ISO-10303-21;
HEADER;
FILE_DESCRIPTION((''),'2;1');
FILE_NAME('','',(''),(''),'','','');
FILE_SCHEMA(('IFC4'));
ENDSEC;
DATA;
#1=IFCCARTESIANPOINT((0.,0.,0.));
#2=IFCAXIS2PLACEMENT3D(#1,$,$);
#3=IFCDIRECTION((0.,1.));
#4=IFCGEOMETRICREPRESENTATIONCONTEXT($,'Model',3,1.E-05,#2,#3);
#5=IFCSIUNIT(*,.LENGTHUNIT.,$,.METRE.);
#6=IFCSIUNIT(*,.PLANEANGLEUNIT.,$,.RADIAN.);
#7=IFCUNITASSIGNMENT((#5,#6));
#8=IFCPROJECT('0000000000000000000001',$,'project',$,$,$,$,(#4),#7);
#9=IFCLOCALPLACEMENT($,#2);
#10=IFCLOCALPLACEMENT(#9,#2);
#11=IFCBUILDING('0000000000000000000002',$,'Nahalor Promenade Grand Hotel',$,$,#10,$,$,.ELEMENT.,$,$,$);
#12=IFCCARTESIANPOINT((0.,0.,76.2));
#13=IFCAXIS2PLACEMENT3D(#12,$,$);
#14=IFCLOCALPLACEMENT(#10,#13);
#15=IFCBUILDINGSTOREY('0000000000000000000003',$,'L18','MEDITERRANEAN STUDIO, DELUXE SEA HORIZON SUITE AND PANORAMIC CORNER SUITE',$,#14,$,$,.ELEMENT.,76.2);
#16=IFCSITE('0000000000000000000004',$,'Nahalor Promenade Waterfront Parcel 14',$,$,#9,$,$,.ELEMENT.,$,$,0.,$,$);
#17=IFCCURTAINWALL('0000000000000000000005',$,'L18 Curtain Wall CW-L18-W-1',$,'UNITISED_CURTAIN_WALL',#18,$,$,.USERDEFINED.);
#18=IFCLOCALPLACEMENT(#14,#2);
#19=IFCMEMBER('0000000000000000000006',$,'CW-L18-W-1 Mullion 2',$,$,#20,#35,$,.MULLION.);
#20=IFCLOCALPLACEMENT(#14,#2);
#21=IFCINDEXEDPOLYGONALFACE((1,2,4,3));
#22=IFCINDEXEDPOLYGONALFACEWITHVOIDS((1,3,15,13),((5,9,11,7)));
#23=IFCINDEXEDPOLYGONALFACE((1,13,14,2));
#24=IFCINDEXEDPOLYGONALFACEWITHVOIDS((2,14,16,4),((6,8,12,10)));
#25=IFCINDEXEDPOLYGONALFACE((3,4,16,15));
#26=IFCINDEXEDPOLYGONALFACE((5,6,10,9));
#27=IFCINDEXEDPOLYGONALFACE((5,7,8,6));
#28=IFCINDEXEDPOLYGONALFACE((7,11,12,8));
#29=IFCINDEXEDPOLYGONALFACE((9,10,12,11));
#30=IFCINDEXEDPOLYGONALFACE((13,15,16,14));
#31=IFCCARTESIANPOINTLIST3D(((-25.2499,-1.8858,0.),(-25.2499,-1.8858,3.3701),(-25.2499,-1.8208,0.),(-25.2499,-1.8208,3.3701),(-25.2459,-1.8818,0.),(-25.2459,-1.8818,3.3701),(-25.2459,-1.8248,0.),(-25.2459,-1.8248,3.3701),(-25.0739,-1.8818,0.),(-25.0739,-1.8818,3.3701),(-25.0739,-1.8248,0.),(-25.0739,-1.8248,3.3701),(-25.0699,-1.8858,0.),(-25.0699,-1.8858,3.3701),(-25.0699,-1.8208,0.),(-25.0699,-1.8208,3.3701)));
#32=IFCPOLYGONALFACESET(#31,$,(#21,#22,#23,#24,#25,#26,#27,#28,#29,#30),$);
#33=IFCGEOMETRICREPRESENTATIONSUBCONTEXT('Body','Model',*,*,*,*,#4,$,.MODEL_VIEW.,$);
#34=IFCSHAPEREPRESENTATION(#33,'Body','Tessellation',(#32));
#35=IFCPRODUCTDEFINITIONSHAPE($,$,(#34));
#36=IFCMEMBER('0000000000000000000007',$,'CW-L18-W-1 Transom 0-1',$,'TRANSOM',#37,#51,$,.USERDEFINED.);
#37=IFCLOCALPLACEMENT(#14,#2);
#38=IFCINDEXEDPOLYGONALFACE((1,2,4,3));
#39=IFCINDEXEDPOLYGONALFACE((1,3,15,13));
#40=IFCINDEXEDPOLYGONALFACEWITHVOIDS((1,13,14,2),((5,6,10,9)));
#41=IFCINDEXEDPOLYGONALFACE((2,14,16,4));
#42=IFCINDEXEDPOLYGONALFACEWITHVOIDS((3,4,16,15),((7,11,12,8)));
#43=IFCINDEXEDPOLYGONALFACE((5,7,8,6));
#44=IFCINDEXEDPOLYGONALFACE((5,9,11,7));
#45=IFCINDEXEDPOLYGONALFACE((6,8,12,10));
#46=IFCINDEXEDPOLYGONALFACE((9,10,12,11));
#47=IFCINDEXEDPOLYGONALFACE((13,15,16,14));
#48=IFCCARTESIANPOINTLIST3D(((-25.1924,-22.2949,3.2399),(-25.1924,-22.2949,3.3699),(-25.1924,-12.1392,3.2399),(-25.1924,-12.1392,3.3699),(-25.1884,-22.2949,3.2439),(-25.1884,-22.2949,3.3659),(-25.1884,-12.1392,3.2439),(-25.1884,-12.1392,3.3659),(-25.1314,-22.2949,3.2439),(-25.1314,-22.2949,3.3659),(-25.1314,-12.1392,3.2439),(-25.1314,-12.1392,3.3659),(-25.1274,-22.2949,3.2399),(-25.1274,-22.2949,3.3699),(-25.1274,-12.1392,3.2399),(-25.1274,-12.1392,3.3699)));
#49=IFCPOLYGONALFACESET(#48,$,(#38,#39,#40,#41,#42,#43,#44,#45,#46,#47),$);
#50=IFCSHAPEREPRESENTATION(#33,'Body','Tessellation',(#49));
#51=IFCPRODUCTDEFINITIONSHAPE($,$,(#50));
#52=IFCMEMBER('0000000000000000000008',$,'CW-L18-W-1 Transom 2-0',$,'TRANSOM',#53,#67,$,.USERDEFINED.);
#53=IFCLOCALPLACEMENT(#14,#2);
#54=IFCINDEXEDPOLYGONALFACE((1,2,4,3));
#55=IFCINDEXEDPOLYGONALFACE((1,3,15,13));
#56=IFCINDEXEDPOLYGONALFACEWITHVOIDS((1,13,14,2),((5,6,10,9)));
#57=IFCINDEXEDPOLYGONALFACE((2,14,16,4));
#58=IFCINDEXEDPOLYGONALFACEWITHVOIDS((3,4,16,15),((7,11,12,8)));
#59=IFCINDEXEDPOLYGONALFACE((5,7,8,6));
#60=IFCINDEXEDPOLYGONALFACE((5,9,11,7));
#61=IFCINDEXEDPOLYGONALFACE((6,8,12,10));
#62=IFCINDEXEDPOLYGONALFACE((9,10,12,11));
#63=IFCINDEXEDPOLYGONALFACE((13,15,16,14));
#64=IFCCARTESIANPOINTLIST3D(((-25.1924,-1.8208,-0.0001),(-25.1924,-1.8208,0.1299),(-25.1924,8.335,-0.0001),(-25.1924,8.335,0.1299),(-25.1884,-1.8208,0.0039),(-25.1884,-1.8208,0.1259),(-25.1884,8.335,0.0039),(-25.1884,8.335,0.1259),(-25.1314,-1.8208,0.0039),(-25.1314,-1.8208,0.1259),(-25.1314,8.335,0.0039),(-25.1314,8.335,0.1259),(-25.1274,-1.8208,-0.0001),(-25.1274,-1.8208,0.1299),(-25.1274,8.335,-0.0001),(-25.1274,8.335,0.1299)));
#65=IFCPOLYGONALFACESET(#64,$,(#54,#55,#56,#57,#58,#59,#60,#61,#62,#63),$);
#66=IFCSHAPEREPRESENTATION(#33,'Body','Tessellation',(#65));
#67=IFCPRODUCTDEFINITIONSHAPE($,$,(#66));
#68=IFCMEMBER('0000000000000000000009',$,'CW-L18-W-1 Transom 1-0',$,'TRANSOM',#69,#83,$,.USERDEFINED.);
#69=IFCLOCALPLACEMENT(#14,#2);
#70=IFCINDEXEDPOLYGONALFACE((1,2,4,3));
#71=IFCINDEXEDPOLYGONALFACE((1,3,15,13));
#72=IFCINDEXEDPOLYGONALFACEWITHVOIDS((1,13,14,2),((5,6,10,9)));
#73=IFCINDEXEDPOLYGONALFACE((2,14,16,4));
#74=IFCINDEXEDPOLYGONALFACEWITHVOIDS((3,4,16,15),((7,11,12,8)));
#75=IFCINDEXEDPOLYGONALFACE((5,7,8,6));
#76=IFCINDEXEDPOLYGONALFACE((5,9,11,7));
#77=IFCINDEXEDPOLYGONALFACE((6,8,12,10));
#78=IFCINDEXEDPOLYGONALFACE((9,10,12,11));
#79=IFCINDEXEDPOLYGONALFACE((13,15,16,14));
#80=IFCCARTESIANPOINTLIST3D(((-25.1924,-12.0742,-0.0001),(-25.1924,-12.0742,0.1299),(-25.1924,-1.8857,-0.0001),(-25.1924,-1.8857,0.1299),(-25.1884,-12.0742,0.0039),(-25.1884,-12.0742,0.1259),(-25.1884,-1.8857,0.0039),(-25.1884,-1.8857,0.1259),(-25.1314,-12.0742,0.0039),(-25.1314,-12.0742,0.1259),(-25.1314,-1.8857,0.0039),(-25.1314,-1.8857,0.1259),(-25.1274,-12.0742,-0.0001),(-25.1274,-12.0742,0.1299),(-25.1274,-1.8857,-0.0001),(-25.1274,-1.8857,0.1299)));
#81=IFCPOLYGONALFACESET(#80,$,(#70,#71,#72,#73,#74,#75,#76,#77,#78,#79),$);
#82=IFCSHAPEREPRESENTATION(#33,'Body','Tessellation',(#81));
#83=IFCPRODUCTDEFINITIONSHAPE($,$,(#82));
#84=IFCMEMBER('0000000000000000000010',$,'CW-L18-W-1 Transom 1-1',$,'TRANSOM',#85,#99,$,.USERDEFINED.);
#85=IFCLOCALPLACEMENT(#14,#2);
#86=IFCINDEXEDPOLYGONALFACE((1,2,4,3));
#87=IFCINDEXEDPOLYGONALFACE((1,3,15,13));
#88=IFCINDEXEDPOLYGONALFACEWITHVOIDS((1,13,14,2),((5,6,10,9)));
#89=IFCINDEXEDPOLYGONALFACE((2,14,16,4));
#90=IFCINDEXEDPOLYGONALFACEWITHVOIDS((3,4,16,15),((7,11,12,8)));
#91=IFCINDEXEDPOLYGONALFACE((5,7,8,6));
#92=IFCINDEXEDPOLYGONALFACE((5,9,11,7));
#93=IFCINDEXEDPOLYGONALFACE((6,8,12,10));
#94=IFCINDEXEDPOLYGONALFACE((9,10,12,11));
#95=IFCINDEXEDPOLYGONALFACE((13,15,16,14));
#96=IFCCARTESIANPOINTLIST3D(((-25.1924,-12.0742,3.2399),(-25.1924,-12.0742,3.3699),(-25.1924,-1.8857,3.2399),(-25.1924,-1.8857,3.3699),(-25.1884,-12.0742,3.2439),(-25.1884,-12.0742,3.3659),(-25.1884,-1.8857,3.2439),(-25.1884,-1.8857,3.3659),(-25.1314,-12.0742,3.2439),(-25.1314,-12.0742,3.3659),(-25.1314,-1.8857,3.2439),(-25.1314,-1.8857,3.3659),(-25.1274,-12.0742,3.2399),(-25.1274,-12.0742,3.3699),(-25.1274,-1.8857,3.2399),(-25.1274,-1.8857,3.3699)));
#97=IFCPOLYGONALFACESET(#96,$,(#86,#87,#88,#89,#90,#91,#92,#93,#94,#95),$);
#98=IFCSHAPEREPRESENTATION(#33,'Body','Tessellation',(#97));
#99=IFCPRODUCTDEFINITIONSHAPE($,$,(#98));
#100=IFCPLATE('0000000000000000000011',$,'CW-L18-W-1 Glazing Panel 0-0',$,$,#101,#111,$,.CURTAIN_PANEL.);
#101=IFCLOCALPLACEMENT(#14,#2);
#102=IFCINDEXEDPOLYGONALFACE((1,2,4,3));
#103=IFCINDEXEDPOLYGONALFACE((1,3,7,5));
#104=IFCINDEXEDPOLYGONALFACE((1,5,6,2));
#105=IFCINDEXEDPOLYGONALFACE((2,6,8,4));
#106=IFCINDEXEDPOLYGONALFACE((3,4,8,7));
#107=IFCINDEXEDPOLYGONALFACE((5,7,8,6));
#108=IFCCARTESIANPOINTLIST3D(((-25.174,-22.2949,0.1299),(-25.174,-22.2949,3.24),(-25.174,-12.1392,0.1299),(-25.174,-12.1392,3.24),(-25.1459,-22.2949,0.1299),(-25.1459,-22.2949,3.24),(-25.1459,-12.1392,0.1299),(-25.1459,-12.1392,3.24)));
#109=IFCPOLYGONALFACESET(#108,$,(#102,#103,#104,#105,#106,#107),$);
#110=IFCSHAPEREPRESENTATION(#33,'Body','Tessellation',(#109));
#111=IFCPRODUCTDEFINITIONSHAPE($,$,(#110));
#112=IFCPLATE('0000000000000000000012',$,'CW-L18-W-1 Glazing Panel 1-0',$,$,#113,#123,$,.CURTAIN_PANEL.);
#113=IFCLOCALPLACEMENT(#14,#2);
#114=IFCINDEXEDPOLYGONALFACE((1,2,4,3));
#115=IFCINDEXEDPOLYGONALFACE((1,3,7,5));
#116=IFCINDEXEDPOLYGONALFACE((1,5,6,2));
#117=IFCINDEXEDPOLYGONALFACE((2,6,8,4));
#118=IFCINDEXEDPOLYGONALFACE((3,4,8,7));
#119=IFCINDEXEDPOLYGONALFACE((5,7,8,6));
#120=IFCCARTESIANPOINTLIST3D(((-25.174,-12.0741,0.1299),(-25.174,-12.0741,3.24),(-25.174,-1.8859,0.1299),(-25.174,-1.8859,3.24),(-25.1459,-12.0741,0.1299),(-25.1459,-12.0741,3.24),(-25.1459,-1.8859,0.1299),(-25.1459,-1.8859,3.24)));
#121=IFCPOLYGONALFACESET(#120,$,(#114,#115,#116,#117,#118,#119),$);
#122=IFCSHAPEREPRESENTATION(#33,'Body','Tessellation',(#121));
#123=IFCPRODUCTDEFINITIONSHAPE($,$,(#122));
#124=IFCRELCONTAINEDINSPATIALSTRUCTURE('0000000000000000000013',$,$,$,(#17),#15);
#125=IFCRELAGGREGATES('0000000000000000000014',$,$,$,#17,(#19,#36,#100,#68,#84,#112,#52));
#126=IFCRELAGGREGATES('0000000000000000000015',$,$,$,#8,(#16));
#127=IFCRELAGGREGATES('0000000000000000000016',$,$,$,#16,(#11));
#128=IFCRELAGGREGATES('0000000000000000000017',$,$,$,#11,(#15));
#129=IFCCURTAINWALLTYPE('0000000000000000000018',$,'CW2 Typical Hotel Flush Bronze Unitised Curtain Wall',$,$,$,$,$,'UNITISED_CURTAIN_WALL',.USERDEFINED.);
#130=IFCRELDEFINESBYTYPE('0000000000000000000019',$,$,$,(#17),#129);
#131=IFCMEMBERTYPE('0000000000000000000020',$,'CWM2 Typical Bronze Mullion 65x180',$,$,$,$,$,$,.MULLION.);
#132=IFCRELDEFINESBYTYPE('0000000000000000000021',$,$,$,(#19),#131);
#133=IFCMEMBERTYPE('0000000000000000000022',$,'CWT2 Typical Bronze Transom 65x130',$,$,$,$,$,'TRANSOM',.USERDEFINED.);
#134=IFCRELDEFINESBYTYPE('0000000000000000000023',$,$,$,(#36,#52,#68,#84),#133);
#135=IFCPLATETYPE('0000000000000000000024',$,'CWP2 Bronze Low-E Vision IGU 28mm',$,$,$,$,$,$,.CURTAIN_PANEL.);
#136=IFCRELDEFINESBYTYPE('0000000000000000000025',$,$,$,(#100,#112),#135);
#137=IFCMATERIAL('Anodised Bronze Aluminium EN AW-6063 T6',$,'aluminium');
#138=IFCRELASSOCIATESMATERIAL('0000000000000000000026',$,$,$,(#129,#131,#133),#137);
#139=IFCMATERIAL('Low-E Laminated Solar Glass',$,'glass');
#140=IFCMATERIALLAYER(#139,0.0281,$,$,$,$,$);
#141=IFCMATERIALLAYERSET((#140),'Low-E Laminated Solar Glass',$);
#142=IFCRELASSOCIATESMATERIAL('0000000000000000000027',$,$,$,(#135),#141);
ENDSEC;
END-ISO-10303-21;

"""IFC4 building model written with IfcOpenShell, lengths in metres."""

from ifc_helpers import new_model, si_unit, direction, frame, origin, origin_2d, place, context, subcontext, project, spatial, rectangle, hollow_rectangle, extrude, source, transform, mapped, material, layer, layer_set, material_profile, profile_set, type_object, element, aggregate, save


model = new_model("IFC4")

# Units and contexts
model_context = context("Model", 3, precision=1e-05, world=origin(), true_north=direction((0.0, 1.0)))
body_context = subcontext(model_context, "Body", "Model", "MODEL_VIEW")
ifc_project = project(units=[si_unit("LENGTHUNIT", "METRE"), si_unit("PLANEANGLEUNIT", "RADIAN")], contexts=[model_context])

# Site, building, storey
site_placement = place(None, origin())
site = spatial("IfcSite", under=ifc_project, at=site_placement, Name="Nahalor Promenade Waterfront Parcel 14", CompositionType="ELEMENT", RefElevation=0.0)
building_placement = place(site_placement, origin())
building = spatial("IfcBuilding", under=site, at=building_placement, Name="Nahalor Promenade Grand Hotel", CompositionType="ELEMENT")
storey_placement = place(building_placement, frame((0.0, 0.0, 76.2)))
storey = spatial("IfcBuildingStorey", under=building, at=storey_placement, Name="L18", Description="MEDITERRANEAN STUDIO, DELUXE SEA HORIZON SUITE AND PANORAMIC CORNER SUITE", CompositionType="ELEMENT", Elevation=76.2)

# Curtain wall, members, plates
ifc_material_1 = material(Name="Anodised Bronze Aluminium EN AW-6063 T6", Category="aluminium")
curtain_wall_type = type_object("IfcCurtainWallType", Name="CW2 Typical Hotel Flush Bronze Unitised Curtain Wall", ElementType="UNITISED_CURTAIN_WALL", PredefinedType="USERDEFINED", material=ifc_material_1)
curtain_wall_placement = place(storey_placement, origin())
curtain_wall = element("IfcCurtainWall", 1, at=curtain_wall_placement, inside=storey, type_object=curtain_wall_type, Name="L18 Curtain Wall CW-L18-W-1", ObjectType="UNITISED_CURTAIN_WALL", PredefinedType="USERDEFINED")
ifc_material_profile_1 = material_profile(ifc_material_1, hollow_rectangle(XDim=0.065, YDim=0.18, WallThickness=0.004, at=origin_2d()), Name="CWM 65x180x4")
ifc_profile_set_1 = profile_set([ifc_material_profile_1], Name="Anodised Bronze Aluminium EN AW-6063 T6")
member_type_1 = type_object("IfcMemberType", Name="CWM2 Typical Bronze Mullion 65x180", PredefinedType="MULLION", material=ifc_profile_set_1)
shared_shape_1 = source(origin(), body_context, "Body", "SweptSolid", [
    extrude(hollow_rectangle(XDim=0.065, YDim=0.18, WallThickness=0.004, at=origin_2d()), origin(), (0.0, 0.0, 1.0), 3.3701),
])
member_1_placement = place(storey_placement, frame((-25.1599, -1.8533, 0.0), z_axis=(0.0, 0.0, 1.0), x_axis=(0.0, 1.0, 0.0)))
member_1 = element("IfcMember", 2, at=member_1_placement, type_object=member_type_1, Name="CW-L18-W-1 Mullion 2", PredefinedType="MULLION", context=body_context, shape_type="MappedRepresentation", body=[
    mapped(shared_shape_1, transform((0.0, 0.0, 0.0), scale=1.0)),
])
ifc_material_profile_2 = material_profile(ifc_material_1, hollow_rectangle(XDim=0.065, YDim=0.13, WallThickness=0.004, at=origin_2d()), Name="CWT 65x130x4")
ifc_profile_set_2 = profile_set([ifc_material_profile_2], Name="Anodised Bronze Aluminium EN AW-6063 T6")
member_type_2 = type_object("IfcMemberType", Name="CWT2 Typical Bronze Transom 65x130", ElementType="TRANSOM", PredefinedType="USERDEFINED", material=ifc_profile_set_2)
shared_shape_2 = source(origin(), body_context, "Body", "SweptSolid", [
    extrude(hollow_rectangle(XDim=0.065, YDim=0.13, WallThickness=0.004, at=origin_2d()), origin(), (0.0, 0.0, 1.0), 10.1558),
])
member_2_placement = place(storey_placement, frame((-25.1599, -22.2949, 3.3049), z_axis=(0.0, 1.0, 0.0), x_axis=(-1.0, 0.0, 0.0)))
member_2 = element("IfcMember", 3, at=member_2_placement, type_object=member_type_2, Name="CW-L18-W-1 Transom 0-1", ObjectType="TRANSOM", PredefinedType="USERDEFINED", context=body_context, shape_type="MappedRepresentation", body=[
    mapped(shared_shape_2, transform((0.0, 0.0, 0.0), scale=1.0)),
])
member_3_placement = place(storey_placement, frame((-25.1599, -1.8208, 0.0649), z_axis=(0.0, 1.0, 0.0), x_axis=(-1.0, 0.0, 0.0)))
member_3 = element("IfcMember", 4, at=member_3_placement, type_object=member_type_2, Name="CW-L18-W-1 Transom 2-0", ObjectType="TRANSOM", PredefinedType="USERDEFINED", context=body_context, shape_type="MappedRepresentation", body=[
    mapped(shared_shape_2, transform((0.0, 0.0, 0.0), scale=1.0)),
])
shared_shape_3 = source(origin(), body_context, "Body", "SweptSolid", [
    extrude(hollow_rectangle(XDim=0.065, YDim=0.13, WallThickness=0.004, at=origin_2d()), origin(), (0.0, 0.0, 1.0), 10.1885),
])
member_4_placement = place(storey_placement, frame((-25.1599, -12.0742, 0.0649), z_axis=(0.0, 1.0, 0.0), x_axis=(-1.0, 0.0, 0.0)))
member_4 = element("IfcMember", 5, at=member_4_placement, type_object=member_type_2, Name="CW-L18-W-1 Transom 1-0", ObjectType="TRANSOM", PredefinedType="USERDEFINED", context=body_context, shape_type="MappedRepresentation", body=[
    mapped(shared_shape_3, transform((0.0, 0.0, 0.0), scale=1.0)),
])
member_5_placement = place(storey_placement, frame((-25.1599, -12.0742, 3.3049), z_axis=(0.0, 1.0, 0.0), x_axis=(-1.0, 0.0, 0.0)))
member_5 = element("IfcMember", 6, at=member_5_placement, type_object=member_type_2, Name="CW-L18-W-1 Transom 1-1", ObjectType="TRANSOM", PredefinedType="USERDEFINED", context=body_context, shape_type="MappedRepresentation", body=[
    mapped(shared_shape_3, transform((0.0, 0.0, 0.0), scale=1.0)),
])
ifc_material_2 = material(Name="Low-E Laminated Solar Glass", Category="glass")
ifc_layer_1 = layer(ifc_material_2, 0.0281)
ifc_layer_set_1 = layer_set([ifc_layer_1], Name="Low-E Laminated Solar Glass")
plate_type = type_object("IfcPlateType", Name="CWP2 Bronze Low-E Vision IGU 28mm", PredefinedType="CURTAIN_PANEL", material=ifc_layer_set_1)
shared_shape_4 = source(origin(), body_context, "Body", "SweptSolid", [
    extrude(rectangle(XDim=10.1558, YDim=0.0281, at=origin_2d()), origin(), (0.0, 0.0, 1.0), 3.1101),
])
plate_1_placement = place(storey_placement, frame((-25.1599, -17.217, 0.1299), z_axis=(0.0, 0.0, 1.0), x_axis=(0.0, 1.0, 0.0)))
plate_1 = element("IfcPlate", 7, at=plate_1_placement, type_object=plate_type, Name="CW-L18-W-1 Glazing Panel 0-0", PredefinedType="CURTAIN_PANEL", context=body_context, shape_type="MappedRepresentation", body=[
    mapped(shared_shape_4, transform((0.0, 0.0, 0.0), scale=1.0)),
])
shared_shape_5 = source(origin(), body_context, "Body", "SweptSolid", [
    extrude(rectangle(XDim=10.1882, YDim=0.0281, at=origin_2d()), origin(), (0.0, 0.0, 1.0), 3.1101),
])
plate_2_placement = place(storey_placement, frame((-25.1599, -6.98, 0.1299), z_axis=(0.0, 0.0, 1.0), x_axis=(0.0, 1.0, 0.0)))
plate_2 = element("IfcPlate", 8, at=plate_2_placement, type_object=plate_type, Name="CW-L18-W-1 Glazing Panel 1-0", PredefinedType="CURTAIN_PANEL", context=body_context, shape_type="MappedRepresentation", body=[
    mapped(shared_shape_5, transform((0.0, 0.0, 0.0), scale=1.0)),
])
aggregate(curtain_wall, [member_1, member_2, plate_1, member_4, member_5, plate_2, member_3])

save(model, "model.ifc")
